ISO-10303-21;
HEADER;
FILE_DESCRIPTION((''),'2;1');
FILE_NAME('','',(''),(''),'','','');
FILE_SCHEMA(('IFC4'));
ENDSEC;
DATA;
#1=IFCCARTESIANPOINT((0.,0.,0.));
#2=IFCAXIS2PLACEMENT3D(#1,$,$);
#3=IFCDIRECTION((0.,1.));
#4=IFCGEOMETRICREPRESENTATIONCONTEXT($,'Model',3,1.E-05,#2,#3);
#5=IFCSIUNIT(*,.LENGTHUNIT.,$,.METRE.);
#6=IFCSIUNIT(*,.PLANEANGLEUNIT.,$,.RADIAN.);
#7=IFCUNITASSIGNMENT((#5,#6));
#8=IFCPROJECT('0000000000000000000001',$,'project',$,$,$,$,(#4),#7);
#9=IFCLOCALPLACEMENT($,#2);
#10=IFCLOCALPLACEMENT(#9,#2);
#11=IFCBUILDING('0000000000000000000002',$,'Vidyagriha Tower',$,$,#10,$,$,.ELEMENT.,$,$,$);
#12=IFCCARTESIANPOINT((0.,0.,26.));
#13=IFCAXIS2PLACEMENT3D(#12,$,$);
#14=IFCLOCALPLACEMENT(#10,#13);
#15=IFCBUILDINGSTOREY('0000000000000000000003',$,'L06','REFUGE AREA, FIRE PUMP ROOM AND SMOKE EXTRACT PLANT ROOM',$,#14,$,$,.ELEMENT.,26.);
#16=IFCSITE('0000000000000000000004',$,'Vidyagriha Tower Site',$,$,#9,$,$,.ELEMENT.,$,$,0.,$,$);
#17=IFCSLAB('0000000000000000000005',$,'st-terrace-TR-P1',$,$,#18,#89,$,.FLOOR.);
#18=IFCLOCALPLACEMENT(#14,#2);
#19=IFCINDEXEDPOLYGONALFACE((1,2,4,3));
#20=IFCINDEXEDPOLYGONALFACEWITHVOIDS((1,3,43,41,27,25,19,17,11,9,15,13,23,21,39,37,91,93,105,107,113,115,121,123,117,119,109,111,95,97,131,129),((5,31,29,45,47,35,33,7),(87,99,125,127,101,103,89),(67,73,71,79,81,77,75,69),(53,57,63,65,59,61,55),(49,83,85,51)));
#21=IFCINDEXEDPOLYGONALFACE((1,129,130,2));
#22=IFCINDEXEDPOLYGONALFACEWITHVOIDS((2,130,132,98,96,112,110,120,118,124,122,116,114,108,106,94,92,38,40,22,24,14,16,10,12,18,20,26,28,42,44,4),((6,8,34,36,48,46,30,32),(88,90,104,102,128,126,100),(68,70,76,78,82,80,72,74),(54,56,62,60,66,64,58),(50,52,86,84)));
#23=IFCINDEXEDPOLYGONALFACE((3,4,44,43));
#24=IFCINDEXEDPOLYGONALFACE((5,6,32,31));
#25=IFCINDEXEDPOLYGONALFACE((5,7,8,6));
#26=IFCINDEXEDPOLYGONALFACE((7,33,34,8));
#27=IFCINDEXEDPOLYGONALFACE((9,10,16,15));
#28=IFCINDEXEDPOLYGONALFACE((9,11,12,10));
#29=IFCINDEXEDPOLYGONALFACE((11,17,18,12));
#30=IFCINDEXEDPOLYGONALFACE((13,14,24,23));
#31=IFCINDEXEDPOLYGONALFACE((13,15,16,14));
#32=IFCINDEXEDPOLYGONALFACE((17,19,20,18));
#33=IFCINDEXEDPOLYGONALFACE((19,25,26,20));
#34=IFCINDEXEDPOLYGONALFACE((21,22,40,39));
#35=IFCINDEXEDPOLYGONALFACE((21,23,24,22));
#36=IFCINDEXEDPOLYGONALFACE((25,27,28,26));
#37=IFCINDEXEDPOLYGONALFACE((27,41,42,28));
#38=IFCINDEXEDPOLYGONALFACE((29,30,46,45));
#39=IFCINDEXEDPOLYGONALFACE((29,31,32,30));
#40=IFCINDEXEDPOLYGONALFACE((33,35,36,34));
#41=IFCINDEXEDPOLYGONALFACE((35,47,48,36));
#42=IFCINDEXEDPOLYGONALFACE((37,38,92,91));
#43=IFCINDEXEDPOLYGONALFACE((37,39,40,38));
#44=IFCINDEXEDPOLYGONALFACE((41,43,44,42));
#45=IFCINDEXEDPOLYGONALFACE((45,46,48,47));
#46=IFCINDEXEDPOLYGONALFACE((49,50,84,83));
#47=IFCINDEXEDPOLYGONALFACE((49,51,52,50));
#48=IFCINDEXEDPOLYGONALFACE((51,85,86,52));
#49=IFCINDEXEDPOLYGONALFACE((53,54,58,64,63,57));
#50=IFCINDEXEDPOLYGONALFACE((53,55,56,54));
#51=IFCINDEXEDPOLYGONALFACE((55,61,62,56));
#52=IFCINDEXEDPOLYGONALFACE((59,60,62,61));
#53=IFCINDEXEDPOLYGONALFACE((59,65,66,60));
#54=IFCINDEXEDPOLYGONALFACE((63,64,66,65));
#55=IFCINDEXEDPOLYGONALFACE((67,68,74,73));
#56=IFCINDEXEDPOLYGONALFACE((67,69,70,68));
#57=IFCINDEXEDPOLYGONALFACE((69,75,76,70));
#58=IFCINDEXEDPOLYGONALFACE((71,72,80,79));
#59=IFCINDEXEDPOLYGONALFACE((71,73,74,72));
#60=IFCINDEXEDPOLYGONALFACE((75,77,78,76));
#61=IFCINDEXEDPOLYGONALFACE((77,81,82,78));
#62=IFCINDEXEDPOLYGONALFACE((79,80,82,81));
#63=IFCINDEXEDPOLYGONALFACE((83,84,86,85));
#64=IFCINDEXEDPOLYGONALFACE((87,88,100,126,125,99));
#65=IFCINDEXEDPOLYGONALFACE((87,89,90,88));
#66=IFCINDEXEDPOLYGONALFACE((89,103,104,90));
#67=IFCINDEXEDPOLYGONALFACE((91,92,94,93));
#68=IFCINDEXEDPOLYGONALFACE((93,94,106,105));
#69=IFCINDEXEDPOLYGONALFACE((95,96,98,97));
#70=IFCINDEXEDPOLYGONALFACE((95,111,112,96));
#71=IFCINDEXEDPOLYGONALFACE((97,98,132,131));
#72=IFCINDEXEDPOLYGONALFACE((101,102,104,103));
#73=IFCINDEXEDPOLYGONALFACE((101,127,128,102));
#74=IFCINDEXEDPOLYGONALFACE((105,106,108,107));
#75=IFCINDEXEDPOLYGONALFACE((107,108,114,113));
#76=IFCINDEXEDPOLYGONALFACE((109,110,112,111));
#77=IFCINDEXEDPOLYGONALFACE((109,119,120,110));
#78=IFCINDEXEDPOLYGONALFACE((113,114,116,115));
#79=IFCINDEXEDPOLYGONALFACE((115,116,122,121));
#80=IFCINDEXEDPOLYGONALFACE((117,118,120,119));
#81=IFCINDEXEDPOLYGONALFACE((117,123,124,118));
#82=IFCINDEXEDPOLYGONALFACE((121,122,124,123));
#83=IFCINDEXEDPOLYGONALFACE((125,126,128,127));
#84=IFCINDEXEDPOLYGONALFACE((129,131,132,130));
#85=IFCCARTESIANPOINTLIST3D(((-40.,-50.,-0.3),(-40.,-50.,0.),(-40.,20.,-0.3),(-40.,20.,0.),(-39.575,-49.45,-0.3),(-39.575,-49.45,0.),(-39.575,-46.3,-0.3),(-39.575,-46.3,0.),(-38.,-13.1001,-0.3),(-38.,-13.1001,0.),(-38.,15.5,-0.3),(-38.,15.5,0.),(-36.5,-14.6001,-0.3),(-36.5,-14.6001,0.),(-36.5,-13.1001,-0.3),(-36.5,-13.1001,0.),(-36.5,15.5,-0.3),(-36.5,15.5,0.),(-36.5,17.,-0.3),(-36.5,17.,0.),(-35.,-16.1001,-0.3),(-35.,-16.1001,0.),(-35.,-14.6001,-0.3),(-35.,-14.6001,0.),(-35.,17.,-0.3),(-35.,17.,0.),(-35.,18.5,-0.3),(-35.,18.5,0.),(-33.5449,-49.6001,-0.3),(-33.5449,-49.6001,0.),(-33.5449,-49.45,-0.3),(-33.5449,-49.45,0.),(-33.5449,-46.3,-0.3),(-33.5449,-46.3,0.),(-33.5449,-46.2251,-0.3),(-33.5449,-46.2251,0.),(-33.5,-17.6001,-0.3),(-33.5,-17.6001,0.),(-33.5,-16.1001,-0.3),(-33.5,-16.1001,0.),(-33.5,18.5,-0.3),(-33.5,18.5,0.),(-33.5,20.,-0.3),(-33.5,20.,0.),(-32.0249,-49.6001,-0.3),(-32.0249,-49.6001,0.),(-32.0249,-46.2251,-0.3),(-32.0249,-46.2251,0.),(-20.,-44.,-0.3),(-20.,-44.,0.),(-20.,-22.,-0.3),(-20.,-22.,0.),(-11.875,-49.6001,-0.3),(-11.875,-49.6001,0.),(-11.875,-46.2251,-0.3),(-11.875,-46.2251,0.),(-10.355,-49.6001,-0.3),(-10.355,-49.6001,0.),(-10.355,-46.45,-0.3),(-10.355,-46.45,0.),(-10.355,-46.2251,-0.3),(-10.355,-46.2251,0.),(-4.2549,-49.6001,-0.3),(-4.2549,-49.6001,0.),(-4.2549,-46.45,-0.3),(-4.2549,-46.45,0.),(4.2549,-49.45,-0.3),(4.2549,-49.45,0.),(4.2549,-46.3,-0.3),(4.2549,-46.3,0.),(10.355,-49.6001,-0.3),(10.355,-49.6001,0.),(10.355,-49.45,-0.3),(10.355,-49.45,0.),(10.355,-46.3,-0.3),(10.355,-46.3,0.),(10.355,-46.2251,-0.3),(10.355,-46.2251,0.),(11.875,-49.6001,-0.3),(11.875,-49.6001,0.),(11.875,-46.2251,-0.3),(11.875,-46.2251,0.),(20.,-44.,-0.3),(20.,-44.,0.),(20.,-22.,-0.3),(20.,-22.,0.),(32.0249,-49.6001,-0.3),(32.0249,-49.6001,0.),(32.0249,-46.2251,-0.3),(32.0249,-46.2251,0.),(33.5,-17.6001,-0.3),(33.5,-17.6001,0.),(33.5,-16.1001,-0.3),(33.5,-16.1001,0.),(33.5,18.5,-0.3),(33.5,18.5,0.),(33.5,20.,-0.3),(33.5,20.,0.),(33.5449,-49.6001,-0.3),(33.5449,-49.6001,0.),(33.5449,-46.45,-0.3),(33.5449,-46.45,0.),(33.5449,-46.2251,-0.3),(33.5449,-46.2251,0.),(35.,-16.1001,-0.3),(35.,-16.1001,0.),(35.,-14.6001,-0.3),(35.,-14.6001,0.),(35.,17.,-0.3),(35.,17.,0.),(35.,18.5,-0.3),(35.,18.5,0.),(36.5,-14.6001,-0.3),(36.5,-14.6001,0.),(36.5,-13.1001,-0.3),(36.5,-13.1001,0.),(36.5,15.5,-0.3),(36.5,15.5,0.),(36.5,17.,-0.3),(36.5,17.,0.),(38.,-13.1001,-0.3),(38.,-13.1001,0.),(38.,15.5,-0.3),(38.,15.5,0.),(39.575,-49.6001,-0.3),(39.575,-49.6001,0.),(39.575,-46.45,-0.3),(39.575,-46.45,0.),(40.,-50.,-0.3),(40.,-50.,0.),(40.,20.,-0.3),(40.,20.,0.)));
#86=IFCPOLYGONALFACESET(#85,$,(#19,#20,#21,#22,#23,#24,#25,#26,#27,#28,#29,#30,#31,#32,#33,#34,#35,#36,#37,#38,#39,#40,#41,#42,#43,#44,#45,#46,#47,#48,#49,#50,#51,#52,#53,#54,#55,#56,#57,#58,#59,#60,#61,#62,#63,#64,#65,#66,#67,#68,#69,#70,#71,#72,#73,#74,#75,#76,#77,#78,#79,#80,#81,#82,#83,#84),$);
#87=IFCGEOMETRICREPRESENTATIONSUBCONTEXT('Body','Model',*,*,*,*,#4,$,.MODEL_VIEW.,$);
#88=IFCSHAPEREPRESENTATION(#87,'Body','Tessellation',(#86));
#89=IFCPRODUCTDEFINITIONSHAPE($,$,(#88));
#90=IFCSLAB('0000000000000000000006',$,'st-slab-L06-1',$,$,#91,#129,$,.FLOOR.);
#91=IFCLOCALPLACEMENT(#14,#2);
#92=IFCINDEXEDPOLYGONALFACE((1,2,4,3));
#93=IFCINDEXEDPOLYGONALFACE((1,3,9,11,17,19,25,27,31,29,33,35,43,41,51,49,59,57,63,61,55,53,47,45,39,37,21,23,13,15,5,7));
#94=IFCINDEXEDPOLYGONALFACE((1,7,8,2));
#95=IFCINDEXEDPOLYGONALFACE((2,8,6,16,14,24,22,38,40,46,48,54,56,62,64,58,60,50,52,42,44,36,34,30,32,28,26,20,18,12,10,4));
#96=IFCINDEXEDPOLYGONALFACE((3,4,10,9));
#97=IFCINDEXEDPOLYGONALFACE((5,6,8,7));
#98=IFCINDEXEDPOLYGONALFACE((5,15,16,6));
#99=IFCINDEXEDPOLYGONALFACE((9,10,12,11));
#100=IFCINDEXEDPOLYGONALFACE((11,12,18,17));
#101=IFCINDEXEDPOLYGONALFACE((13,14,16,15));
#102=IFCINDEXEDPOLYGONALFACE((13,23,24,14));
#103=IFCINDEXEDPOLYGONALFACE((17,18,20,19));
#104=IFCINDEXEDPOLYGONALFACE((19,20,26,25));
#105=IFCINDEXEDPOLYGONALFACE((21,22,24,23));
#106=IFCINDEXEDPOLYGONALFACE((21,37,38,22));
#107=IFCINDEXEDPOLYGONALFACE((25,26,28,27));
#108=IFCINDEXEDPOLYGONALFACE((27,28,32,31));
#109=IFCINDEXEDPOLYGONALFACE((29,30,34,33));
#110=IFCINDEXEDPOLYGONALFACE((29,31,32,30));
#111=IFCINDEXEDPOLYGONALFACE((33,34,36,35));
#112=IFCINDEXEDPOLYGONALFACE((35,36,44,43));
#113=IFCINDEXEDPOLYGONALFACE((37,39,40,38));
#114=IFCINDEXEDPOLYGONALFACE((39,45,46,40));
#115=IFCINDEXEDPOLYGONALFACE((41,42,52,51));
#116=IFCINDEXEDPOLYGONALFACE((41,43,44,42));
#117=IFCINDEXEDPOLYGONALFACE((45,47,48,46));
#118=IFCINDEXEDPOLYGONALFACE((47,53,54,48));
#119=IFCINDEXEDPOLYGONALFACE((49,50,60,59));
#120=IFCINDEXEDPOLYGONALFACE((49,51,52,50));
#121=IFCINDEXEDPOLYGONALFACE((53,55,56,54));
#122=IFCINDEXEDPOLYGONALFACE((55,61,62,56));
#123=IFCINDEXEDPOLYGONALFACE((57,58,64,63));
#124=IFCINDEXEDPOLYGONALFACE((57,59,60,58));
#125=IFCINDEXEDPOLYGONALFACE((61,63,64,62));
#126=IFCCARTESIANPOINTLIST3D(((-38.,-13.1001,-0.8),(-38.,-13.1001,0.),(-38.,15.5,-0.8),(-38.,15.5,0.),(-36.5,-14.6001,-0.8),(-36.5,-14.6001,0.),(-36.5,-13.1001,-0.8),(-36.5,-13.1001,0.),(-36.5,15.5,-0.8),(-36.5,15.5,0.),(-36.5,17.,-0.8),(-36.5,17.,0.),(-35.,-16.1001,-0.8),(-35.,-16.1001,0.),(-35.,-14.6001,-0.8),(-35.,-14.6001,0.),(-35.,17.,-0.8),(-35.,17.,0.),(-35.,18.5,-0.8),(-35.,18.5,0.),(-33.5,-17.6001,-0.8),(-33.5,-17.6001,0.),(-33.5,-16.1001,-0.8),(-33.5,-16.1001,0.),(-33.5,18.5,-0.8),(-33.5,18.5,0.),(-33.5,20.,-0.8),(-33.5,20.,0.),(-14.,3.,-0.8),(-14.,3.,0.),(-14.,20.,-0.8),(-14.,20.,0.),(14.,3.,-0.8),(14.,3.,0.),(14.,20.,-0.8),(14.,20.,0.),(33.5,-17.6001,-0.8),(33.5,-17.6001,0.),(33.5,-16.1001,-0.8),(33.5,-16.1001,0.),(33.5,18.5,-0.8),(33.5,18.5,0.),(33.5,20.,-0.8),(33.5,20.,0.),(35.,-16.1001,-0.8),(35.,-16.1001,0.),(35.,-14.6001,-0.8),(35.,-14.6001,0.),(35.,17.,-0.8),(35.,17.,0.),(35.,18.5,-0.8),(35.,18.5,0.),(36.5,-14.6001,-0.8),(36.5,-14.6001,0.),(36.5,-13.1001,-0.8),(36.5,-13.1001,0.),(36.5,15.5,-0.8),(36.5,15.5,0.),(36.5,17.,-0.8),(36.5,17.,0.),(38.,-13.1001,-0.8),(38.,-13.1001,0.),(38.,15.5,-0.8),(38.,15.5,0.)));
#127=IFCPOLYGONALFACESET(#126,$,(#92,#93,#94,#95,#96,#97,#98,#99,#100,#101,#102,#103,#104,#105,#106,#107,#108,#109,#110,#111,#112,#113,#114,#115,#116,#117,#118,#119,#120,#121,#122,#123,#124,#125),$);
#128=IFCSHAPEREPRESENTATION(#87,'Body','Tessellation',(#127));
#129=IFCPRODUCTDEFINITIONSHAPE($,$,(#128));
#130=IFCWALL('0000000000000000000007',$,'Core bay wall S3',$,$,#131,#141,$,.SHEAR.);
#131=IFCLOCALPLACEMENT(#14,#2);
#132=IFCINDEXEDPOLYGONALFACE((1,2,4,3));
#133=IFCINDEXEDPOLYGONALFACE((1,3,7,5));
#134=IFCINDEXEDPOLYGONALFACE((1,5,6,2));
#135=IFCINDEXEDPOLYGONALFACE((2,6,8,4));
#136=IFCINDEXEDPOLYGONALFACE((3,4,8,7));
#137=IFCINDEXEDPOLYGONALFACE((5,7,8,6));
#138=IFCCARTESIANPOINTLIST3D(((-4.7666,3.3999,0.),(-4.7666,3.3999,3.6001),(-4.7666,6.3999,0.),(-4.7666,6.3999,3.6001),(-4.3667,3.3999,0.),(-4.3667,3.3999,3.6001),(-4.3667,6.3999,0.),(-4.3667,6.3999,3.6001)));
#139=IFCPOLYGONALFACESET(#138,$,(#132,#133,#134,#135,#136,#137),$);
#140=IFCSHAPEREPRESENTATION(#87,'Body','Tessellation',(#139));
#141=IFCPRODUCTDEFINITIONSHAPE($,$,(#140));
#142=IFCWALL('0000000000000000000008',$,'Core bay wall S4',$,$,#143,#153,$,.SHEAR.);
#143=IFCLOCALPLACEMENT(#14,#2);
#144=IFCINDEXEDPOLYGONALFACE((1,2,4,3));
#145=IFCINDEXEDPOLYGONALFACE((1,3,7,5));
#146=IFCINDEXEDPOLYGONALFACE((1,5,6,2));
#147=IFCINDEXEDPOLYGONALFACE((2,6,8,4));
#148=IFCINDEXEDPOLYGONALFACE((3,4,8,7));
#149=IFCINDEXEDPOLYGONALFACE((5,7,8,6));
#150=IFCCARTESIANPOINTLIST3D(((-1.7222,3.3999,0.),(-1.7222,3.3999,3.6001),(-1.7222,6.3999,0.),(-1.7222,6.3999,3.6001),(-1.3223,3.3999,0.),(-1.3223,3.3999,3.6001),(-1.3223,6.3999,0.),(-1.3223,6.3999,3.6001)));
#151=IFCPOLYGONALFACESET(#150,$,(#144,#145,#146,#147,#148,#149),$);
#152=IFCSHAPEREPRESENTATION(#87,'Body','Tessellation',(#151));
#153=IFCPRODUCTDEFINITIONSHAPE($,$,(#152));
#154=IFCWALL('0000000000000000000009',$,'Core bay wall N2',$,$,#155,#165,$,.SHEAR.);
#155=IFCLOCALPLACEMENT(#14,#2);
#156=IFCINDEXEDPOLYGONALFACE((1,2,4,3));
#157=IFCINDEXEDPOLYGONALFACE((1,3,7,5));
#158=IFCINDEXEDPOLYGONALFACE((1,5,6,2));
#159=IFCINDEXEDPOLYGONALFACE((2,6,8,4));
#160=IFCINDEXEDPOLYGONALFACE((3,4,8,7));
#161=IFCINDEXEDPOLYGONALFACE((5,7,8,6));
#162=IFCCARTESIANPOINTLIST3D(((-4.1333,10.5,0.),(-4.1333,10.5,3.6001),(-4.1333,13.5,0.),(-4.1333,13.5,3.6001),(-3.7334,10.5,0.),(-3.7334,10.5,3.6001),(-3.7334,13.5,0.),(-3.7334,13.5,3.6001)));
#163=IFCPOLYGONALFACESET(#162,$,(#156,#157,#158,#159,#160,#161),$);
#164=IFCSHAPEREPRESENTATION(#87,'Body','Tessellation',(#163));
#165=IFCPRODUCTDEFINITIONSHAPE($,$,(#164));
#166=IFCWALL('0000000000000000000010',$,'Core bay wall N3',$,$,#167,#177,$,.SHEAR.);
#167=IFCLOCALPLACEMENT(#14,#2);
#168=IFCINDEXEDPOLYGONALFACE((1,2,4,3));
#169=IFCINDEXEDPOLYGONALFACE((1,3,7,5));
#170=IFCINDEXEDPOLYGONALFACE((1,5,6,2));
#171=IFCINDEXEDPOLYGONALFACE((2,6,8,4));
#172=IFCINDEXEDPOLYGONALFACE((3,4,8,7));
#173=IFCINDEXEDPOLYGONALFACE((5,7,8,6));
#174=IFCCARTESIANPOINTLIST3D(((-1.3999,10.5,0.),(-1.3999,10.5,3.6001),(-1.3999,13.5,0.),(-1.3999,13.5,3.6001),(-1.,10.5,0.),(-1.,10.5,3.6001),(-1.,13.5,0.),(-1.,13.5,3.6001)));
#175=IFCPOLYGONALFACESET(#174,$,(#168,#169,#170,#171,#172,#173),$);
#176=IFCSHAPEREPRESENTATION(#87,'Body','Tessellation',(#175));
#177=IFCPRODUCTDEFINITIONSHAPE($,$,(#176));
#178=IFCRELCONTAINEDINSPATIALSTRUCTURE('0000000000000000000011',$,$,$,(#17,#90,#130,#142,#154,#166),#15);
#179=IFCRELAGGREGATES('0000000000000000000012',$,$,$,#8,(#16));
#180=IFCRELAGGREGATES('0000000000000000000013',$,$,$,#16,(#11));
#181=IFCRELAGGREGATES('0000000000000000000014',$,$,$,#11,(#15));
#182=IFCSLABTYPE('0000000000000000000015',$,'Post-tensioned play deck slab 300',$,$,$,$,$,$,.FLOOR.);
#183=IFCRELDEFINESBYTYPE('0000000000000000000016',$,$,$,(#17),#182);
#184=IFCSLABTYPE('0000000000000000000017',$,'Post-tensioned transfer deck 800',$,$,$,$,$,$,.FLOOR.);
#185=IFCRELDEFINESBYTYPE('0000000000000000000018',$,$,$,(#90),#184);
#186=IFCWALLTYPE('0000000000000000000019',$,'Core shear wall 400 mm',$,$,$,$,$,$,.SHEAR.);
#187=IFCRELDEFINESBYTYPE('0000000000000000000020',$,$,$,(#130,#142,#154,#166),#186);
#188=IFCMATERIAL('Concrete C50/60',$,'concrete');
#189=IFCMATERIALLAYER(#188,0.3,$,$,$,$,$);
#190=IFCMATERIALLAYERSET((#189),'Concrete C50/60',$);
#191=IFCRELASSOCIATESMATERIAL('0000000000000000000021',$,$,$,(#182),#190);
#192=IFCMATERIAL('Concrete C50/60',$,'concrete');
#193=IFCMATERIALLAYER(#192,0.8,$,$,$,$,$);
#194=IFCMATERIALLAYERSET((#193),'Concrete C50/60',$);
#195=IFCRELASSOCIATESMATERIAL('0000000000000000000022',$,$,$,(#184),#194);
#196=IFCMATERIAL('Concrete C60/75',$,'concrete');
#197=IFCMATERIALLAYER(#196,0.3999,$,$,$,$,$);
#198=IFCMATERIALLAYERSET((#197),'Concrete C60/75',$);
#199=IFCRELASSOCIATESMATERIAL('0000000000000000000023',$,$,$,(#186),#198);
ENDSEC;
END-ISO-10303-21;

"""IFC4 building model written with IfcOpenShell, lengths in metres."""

from ifc_helpers import new_model, si_unit, direction, frame, frame_2d, origin, place, context, subcontext, project, spatial, polyline, rectangle, outline, extrude, material, layer, layer_set, type_object, element, save


model = new_model("IFC4")

# Units and contexts
model_context = context("Model", 3, precision=1e-05, world=origin(), true_north=direction((0.0, 1.0)))
body_context = subcontext(model_context, "Body", "Model", "MODEL_VIEW")
ifc_project = project(units=[si_unit("LENGTHUNIT", "METRE"), si_unit("PLANEANGLEUNIT", "RADIAN")], contexts=[model_context])

# Site, building, storey
site_placement = place(None, origin())
site = spatial("IfcSite", under=ifc_project, at=site_placement, Name="Vidyagriha Tower Site", CompositionType="ELEMENT", RefElevation=0.0)
building_placement = place(site_placement, origin())
building = spatial("IfcBuilding", under=site, at=building_placement, Name="Vidyagriha Tower", CompositionType="ELEMENT")
storey_placement = place(building_placement, frame((0.0, 0.0, 26.0)))
storey = spatial("IfcBuildingStorey", under=building, at=storey_placement, Name="L06", Description="REFUGE AREA, FIRE PUMP ROOM AND SMOKE EXTRACT PLANT ROOM", CompositionType="ELEMENT", Elevation=26.0)

# Slabs
ifc_material_1 = material(Name="Concrete C50/60", Category="concrete")
ifc_layer_1 = layer(ifc_material_1, 0.3)
ifc_layer_set_1 = layer_set([ifc_layer_1], Name="Concrete C50/60")
slab_type_1 = type_object("IfcSlabType", Name="Post-tensioned play deck slab 300", PredefinedType="FLOOR", material=ifc_layer_set_1)
slab_1_placement = place(storey_placement, frame((0.0, 0.0, -0.3)))
element("IfcSlab", 1, at=slab_1_placement, inside=storey, type_object=slab_type_1, Name="st-terrace-TR-P1", PredefinedType="FLOOR", context=body_context, shape_type="SweptSolid", body=[
    extrude(outline(polyline([(33.5, -17.6001), (33.5, -16.1001), (35.0, -16.1001), (35.0, -14.6001), (36.5, -14.6001), (36.5, -13.1001), (38.0, -13.1001), (38.0, 15.5), (36.5, 15.5), (36.5, 17.0), (35.0, 17.0), (35.0, 18.5), (33.5, 18.5), (33.5, 20.0), (40.0, 20.0), (40.0, -50.0), (-40.0, -50.0), (-40.0, 20.0), (-33.5, 20.0), (-33.5, 18.5), (-35.0, 18.5), (-35.0, 17.0), (-36.5, 17.0), (-36.5, 15.5), (-38.0, 15.5), (-38.0, -13.1001), (-36.5, -13.1001), (-36.5, -14.6001), (-35.0, -14.6001), (-35.0, -16.1001), (-33.5, -16.1001), (-33.5, -17.6001), (33.5, -17.6001)]), holes=[polyline([(-20.0, -22.0), (-20.0, -44.0), (20.0, -44.0), (20.0, -22.0), (-20.0, -22.0)]), polyline([(-33.5449, -46.2251), (-33.5449, -46.3), (-39.575, -46.3), (-39.575, -49.45), (-33.5449, -49.45), (-33.5449, -49.6001), (-32.0249, -49.6001), (-32.0249, -46.2251), (-33.5449, -46.2251)]), polyline([(39.575, -49.6001), (39.575, -46.45), (33.5449, -46.45), (33.5449, -46.2251), (32.0249, -46.2251), (32.0249, -49.6001), (33.5449, -49.6001), (39.575, -49.6001)]), polyline([(-11.875, -49.6001), (-10.355, -49.6001), (-4.2549, -49.6001), (-4.2549, -46.45), (-10.355, -46.45), (-10.355, -46.2251), (-11.875, -46.2251), (-11.875, -49.6001)]), polyline([(4.2549, -46.3), (4.2549, -49.45), (10.355, -49.45), (10.355, -49.6001), (11.875, -49.6001), (11.875, -46.2251), (10.355, -46.2251), (10.355, -46.3), (4.2549, -46.3)])]), origin(), (0.0, 0.0, 1.0), 0.3),
])
ifc_material_2 = material(Name="Concrete C50/60", Category="concrete")
ifc_layer_2 = layer(ifc_material_2, 0.8)
ifc_layer_set_2 = layer_set([ifc_layer_2], Name="Concrete C50/60")
slab_type_2 = type_object("IfcSlabType", Name="Post-tensioned transfer deck 800", PredefinedType="FLOOR", material=ifc_layer_set_2)
slab_2_placement = place(storey_placement, frame((0.0, 0.0, -0.8)))
element("IfcSlab", 2, at=slab_2_placement, inside=storey, type_object=slab_type_2, Name="st-slab-L06-1", PredefinedType="FLOOR", context=body_context, shape_type="SweptSolid", body=[
    extrude(outline(polyline([(-35.0, 17.0), (-35.0, 18.5), (-33.5, 18.5), (-33.5, 20.0), (-14.0, 20.0), (-14.0, 3.0), (14.0, 3.0), (14.0, 20.0), (33.5, 20.0), (33.5, 18.5), (35.0, 18.5), (35.0, 17.0), (36.5, 17.0), (36.5, 15.5), (38.0, 15.5), (38.0, -13.1001), (36.5, -13.1001), (36.5, -14.6001), (35.0, -14.6001), (35.0, -16.1001), (33.5, -16.1001), (33.5, -17.6001), (-33.5, -17.6001), (-33.5, -16.1001), (-35.0, -16.1001), (-35.0, -14.6001), (-36.5, -14.6001), (-36.5, -13.1001), (-38.0, -13.1001), (-38.0, 15.5), (-36.5, 15.5), (-36.5, 17.0), (-35.0, 17.0)])), origin(), (0.0, 0.0, 1.0), 0.8),
])

# Walls
ifc_material_3 = material(Name="Concrete C60/75", Category="concrete")
ifc_layer_3 = layer(ifc_material_3, 0.3999)
ifc_layer_set_3 = layer_set([ifc_layer_3], Name="Concrete C60/75")
wall_type = type_object("IfcWallType", Name="Core shear wall 400 mm", PredefinedType="SHEAR", material=ifc_layer_set_3)
for number, where, z_axis, x_axis, name in (
    (3, (-4.5667, 3.3999, 0.0), (0.0, 0.0, 1.0), (0.0, 1.0, 0.0), "Core bay wall S3"),
    (4, (-1.5222, 3.3999, 0.0), (0.0, 0.0, 1.0), (0.0, 1.0, 0.0), "Core bay wall S4"),
    (5, (-3.9333, 10.5, 0.0), (0.0, 0.0, 1.0), (0.0, 1.0, 0.0), "Core bay wall N2"),
    (6, (-1.2, 10.5, 0.0), (0.0, 0.0, 1.0), (0.0, 1.0, 0.0), "Core bay wall N3"),
):
    element("IfcWall", number, at=place(storey_placement, frame(where, z_axis=z_axis, x_axis=x_axis)), inside=storey, type_object=wall_type, Name=name, PredefinedType="SHEAR", context=body_context, shape_type="SweptSolid", body=[
        extrude(rectangle(XDim=3.0, YDim=0.3999, at=frame_2d((1.5, 0.0))), origin(), (0.0, 0.0, 1.0), 3.6001),
    ])

save(model, "model.ifc")
